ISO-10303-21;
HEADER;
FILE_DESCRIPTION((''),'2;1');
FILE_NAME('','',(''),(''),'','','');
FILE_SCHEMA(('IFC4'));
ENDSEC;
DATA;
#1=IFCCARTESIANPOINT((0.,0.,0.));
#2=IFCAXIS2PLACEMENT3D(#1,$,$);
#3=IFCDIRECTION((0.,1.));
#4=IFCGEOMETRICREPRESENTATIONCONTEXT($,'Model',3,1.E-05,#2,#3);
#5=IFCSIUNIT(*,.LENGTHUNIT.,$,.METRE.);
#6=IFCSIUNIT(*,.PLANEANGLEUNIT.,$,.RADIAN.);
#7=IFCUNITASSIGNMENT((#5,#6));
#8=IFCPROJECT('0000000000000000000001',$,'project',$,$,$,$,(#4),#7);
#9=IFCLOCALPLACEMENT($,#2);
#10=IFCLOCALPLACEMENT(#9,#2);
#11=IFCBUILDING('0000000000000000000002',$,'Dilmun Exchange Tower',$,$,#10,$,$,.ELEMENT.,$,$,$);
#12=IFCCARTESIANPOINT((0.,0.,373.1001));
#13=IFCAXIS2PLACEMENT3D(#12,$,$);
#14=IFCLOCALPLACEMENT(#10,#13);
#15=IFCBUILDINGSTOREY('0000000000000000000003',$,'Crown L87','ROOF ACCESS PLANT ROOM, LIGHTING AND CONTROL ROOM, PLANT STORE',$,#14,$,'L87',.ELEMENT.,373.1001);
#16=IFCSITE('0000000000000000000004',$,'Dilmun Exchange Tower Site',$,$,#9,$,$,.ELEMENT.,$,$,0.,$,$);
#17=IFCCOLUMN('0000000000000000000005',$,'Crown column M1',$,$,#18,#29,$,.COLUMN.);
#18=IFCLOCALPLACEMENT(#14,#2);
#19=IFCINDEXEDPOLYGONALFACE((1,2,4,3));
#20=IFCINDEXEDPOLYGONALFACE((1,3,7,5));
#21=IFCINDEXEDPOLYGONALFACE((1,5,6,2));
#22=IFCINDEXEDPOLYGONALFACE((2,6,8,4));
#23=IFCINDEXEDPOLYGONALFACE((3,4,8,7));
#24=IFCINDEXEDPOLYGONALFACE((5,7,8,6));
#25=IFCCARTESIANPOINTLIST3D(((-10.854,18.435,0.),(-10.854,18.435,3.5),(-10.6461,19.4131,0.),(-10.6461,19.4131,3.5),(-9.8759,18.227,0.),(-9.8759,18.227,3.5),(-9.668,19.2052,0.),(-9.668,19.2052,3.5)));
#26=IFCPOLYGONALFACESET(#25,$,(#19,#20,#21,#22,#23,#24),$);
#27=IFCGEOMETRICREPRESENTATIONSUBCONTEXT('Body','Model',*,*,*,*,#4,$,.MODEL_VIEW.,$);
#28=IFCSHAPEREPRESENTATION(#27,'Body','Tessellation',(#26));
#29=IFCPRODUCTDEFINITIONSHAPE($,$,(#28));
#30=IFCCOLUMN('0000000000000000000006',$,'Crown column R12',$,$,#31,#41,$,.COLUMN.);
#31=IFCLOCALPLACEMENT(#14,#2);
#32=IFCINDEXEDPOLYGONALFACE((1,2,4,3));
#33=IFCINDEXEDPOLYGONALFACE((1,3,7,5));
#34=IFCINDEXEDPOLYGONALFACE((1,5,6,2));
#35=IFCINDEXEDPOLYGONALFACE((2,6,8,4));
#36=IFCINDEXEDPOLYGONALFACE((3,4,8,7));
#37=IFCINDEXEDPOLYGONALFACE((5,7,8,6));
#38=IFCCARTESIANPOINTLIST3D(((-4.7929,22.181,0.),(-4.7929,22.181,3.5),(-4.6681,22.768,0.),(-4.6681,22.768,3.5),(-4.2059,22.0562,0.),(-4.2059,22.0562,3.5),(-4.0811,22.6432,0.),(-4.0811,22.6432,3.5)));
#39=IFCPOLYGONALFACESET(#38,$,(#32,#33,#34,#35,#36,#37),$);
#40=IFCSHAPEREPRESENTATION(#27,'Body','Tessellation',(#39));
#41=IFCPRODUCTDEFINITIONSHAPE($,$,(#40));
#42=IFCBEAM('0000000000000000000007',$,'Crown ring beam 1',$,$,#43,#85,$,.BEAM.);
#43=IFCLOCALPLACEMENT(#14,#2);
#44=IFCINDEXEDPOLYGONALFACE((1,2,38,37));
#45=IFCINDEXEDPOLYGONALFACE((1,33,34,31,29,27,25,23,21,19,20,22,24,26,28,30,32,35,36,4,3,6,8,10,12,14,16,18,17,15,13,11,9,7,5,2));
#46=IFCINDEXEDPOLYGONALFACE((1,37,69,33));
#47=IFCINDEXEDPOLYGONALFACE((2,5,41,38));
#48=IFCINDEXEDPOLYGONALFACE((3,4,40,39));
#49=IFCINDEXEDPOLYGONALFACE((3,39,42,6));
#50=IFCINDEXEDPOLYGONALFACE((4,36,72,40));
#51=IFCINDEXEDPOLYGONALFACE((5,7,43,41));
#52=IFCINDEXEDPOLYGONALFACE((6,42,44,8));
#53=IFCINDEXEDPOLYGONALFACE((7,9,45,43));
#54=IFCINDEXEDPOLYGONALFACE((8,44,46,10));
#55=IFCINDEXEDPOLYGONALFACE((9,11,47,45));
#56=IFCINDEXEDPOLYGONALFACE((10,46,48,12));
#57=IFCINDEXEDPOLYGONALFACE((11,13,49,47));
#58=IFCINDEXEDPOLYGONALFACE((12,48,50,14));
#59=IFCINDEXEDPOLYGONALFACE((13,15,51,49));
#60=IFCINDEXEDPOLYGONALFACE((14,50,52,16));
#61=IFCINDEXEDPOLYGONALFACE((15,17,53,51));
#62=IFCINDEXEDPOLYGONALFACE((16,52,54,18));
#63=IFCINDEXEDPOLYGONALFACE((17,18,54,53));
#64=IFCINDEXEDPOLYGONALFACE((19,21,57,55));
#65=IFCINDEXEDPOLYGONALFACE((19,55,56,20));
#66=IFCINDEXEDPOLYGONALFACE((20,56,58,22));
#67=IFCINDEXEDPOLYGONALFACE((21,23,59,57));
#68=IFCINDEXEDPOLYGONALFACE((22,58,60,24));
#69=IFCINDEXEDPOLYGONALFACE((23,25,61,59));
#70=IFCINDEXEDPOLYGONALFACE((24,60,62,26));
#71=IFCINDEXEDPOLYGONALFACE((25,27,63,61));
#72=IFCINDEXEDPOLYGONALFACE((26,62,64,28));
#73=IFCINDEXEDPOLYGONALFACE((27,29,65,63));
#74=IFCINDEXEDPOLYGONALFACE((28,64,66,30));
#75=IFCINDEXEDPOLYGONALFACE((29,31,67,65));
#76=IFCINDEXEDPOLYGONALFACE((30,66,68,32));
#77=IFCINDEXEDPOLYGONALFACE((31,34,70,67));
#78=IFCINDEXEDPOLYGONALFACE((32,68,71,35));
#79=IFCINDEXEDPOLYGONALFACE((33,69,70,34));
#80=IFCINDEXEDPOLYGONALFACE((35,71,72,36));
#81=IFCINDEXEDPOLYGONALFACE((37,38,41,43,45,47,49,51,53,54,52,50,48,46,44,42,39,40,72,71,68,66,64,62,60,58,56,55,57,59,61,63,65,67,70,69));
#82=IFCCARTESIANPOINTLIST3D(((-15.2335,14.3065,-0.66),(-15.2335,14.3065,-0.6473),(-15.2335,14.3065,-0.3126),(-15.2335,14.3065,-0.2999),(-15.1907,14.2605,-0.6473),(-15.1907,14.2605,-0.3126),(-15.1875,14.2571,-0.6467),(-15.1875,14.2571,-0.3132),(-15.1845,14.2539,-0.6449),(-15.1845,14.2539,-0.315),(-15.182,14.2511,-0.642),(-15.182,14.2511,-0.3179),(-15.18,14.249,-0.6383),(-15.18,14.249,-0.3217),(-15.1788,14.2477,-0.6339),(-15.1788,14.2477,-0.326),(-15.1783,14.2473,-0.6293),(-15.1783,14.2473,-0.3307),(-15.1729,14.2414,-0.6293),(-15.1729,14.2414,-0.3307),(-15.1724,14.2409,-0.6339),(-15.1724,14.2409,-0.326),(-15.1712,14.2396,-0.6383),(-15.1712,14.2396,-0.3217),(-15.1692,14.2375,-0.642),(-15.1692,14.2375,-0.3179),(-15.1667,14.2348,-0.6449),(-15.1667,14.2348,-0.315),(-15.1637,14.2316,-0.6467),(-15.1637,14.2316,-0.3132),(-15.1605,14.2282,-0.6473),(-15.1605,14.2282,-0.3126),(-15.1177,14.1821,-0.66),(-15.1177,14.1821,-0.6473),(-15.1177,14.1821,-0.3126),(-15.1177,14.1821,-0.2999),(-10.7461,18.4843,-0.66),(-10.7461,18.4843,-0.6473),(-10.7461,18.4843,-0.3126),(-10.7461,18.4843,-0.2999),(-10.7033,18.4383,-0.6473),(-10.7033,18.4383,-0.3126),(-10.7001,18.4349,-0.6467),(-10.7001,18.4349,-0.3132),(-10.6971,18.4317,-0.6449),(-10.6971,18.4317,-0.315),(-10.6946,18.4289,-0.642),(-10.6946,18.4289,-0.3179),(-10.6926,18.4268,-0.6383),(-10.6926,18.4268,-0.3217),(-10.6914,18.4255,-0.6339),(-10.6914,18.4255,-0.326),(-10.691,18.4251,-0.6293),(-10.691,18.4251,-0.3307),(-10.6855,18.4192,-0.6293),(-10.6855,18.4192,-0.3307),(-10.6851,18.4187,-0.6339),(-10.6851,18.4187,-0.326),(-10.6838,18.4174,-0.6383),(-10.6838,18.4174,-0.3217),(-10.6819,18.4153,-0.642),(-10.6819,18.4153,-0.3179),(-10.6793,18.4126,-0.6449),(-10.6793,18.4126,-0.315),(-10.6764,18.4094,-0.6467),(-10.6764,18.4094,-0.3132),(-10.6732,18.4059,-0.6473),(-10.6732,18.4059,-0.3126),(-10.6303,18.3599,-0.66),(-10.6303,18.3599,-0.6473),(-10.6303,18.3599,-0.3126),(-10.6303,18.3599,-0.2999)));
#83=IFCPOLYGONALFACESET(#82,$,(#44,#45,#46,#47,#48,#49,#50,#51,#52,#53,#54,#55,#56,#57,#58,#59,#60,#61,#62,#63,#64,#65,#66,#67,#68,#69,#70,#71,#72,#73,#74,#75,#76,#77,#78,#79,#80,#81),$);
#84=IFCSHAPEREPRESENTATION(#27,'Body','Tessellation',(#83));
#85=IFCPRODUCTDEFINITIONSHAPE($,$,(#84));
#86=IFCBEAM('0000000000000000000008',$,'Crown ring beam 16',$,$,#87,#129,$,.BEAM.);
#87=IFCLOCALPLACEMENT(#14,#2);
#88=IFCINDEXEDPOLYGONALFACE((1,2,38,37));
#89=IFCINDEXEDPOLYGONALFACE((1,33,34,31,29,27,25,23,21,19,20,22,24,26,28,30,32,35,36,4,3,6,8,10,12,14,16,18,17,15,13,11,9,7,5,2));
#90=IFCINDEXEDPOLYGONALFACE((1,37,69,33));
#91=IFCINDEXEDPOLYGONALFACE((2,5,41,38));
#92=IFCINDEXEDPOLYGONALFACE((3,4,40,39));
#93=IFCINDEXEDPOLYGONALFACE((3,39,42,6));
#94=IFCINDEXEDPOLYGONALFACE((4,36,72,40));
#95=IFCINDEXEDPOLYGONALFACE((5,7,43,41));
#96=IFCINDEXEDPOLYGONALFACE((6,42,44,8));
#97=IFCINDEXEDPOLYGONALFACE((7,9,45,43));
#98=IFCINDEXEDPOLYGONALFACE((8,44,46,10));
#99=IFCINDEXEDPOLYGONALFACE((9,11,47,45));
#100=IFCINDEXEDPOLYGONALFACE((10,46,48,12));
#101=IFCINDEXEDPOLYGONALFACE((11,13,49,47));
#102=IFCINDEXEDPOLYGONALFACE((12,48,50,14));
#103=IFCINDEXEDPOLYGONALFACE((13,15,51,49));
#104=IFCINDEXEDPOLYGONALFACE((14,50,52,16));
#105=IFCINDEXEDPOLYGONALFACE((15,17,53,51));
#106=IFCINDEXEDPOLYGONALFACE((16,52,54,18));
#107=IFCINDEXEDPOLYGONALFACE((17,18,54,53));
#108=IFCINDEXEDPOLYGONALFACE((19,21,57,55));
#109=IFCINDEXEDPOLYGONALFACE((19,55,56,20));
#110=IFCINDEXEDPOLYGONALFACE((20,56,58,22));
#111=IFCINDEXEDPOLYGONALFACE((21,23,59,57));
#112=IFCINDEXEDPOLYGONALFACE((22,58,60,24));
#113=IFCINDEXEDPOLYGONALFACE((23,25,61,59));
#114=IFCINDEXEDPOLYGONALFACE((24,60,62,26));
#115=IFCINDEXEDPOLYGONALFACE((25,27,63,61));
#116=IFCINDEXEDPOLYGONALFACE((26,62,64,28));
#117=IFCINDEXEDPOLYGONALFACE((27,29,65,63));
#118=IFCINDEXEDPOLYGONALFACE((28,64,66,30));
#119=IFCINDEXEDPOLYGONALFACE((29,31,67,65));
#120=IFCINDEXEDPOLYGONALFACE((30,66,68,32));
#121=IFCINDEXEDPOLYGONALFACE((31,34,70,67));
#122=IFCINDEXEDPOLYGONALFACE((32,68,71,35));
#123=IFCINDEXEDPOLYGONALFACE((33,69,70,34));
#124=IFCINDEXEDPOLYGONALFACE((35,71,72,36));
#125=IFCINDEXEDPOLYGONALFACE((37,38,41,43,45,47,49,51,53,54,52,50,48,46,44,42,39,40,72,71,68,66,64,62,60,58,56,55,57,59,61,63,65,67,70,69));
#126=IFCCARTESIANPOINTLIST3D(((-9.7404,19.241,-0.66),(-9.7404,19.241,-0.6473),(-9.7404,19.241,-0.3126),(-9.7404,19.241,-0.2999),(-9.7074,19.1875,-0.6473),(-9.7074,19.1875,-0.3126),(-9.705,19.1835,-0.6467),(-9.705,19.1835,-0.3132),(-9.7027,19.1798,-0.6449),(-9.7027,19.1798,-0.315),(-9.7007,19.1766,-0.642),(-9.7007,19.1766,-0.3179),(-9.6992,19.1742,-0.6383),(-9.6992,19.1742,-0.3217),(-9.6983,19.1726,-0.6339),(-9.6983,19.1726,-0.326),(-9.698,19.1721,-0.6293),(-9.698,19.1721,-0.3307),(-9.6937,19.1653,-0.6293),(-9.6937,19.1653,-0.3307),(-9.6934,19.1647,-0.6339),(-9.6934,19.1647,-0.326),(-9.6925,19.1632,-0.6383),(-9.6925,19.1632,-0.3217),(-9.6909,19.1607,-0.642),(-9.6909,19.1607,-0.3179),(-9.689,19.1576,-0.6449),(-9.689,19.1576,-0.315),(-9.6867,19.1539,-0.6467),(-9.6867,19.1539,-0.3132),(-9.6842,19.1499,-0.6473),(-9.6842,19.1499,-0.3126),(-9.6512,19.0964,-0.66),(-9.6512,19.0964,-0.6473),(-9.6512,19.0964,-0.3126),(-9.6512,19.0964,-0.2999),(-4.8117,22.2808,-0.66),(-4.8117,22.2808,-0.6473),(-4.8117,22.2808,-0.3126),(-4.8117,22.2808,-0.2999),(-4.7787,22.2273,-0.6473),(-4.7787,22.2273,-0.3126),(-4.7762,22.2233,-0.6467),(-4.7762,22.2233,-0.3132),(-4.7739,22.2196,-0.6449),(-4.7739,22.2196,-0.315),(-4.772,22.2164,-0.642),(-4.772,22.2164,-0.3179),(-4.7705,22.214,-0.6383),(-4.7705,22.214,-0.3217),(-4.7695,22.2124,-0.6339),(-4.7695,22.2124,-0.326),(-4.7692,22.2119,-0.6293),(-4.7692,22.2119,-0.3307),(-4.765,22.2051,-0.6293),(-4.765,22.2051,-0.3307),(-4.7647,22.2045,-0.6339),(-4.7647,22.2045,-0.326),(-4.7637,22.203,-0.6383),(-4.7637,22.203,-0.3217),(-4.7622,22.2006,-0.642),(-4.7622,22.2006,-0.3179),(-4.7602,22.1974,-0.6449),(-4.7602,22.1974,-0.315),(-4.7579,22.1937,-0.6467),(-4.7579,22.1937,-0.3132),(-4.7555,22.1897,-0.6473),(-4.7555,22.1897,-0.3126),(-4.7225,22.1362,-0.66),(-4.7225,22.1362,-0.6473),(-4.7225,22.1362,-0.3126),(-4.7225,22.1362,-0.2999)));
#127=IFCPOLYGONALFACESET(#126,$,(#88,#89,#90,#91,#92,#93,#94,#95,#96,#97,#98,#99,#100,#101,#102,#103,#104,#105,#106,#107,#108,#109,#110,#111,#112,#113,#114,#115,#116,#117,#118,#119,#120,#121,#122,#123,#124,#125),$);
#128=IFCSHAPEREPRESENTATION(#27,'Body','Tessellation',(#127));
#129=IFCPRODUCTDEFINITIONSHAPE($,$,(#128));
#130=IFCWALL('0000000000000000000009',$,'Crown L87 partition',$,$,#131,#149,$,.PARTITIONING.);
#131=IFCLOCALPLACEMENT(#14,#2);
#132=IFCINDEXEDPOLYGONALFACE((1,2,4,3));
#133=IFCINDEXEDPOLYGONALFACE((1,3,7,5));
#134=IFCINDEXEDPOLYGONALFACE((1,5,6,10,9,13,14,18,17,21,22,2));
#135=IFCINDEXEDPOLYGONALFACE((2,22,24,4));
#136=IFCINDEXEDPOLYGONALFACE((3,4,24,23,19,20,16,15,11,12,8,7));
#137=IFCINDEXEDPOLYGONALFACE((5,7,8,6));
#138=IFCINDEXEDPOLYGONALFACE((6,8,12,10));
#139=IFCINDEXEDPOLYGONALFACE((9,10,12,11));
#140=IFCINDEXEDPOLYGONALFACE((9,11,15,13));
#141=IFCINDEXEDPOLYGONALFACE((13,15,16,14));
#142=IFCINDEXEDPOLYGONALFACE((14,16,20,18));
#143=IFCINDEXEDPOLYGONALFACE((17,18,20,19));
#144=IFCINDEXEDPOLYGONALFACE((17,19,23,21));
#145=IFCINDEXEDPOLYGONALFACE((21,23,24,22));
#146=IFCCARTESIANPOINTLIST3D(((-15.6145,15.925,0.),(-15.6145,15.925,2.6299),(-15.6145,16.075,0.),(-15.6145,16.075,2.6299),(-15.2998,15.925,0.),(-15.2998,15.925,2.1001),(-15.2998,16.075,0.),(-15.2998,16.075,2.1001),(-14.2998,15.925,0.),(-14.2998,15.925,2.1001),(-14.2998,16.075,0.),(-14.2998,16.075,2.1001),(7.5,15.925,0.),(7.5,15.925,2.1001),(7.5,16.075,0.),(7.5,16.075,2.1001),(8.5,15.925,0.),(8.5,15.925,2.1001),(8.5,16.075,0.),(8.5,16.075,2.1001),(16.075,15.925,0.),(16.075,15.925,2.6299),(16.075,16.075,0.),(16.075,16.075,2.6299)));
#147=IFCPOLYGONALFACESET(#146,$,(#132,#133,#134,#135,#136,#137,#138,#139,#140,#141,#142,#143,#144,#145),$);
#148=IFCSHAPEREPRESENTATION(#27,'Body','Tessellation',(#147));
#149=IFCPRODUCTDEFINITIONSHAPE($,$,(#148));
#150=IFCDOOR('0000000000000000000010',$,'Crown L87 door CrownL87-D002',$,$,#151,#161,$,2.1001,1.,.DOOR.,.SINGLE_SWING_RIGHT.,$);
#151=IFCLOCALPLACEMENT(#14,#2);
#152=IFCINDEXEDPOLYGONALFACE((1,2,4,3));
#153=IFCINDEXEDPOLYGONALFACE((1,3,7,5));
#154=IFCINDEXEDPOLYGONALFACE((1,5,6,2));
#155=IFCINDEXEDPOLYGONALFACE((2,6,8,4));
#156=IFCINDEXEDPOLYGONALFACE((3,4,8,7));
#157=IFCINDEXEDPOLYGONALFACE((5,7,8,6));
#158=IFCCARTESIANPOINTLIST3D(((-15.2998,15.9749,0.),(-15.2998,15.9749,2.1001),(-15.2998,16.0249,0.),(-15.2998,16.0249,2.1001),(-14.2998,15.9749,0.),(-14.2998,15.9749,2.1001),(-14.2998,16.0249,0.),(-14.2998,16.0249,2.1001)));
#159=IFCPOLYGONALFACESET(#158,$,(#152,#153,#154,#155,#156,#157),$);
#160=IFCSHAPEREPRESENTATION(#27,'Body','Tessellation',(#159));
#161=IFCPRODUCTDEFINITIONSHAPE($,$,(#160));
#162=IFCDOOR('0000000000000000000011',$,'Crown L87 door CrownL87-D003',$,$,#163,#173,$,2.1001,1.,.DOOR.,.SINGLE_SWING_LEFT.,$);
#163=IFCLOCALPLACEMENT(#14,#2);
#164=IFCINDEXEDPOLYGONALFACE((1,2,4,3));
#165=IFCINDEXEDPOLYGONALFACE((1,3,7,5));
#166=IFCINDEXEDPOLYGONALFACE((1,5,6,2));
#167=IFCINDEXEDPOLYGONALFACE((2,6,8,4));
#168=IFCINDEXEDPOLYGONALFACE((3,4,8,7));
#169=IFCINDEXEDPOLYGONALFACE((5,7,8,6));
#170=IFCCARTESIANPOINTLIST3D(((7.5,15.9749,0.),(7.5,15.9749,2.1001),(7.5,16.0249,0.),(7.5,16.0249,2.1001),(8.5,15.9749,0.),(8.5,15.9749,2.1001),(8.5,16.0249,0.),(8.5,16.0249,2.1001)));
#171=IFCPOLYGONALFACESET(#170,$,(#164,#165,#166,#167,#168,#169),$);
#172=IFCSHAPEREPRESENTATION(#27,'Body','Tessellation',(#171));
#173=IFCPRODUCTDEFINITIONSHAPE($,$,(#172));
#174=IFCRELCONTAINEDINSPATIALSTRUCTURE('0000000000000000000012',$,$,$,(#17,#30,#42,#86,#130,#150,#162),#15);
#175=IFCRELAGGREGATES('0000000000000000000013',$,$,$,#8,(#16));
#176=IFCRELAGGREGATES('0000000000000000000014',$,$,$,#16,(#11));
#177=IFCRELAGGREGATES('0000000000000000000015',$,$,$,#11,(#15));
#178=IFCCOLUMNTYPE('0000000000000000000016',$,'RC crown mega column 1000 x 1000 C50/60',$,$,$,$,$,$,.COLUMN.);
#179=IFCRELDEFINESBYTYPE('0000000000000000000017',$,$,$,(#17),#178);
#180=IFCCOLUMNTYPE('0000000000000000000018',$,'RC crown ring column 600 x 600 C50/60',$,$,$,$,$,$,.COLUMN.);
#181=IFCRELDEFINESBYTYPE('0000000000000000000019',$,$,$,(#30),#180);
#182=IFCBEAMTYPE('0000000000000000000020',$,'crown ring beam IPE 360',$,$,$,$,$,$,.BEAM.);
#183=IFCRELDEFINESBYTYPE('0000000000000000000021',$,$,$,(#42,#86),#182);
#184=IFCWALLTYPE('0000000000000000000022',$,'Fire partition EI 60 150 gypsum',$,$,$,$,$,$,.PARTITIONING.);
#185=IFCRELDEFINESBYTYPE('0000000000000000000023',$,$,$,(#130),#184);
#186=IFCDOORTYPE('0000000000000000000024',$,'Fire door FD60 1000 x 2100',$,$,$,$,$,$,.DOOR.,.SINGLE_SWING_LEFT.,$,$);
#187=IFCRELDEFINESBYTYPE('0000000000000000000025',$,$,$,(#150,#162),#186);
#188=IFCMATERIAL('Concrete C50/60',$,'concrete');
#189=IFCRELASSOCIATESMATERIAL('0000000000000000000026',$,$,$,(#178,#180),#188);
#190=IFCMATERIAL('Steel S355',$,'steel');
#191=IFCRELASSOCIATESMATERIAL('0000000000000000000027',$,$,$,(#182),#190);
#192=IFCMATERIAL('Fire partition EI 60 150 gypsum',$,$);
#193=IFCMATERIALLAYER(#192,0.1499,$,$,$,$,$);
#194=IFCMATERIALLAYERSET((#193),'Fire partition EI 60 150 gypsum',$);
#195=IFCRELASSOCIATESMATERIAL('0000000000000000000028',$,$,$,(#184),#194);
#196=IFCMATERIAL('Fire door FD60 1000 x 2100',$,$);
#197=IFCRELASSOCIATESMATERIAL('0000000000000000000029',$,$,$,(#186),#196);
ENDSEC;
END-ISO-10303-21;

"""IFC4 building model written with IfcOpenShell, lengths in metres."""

from ifc_helpers import new_model, si_unit, direction, frame, frame_2d, origin, origin_2d, place, context, subcontext, project, spatial, rectangle, i_section, extrude, material, layer, layer_set, material_profile, profile_set, type_object, element, fill, save


model = new_model("IFC4")

# Units and contexts
model_context = context("Model", 3, precision=1e-05, world=origin(), true_north=direction((0.0, 1.0)))
body_context = subcontext(model_context, "Body", "Model", "MODEL_VIEW")
ifc_project = project(units=[si_unit("LENGTHUNIT", "METRE"), si_unit("PLANEANGLEUNIT", "RADIAN")], contexts=[model_context])

# Site, building, storey
site_placement = place(None, origin())
site = spatial("IfcSite", under=ifc_project, at=site_placement, Name="Dilmun Exchange Tower Site", CompositionType="ELEMENT", RefElevation=0.0)
building_placement = place(site_placement, origin())
building = spatial("IfcBuilding", under=site, at=building_placement, Name="Dilmun Exchange Tower", CompositionType="ELEMENT")
storey_placement = place(building_placement, frame((0.0, 0.0, 373.1001)))
storey = spatial("IfcBuildingStorey", under=building, at=storey_placement, Name="Crown L87", Description="ROOF ACCESS PLANT ROOM, LIGHTING AND CONTROL ROOM, PLANT STORE", LongName="L87", CompositionType="ELEMENT", Elevation=373.1001)

# Columns
ifc_material_1 = material(Name="Concrete C50/60", Category="concrete")
ifc_material_profile_1 = material_profile(ifc_material_1, rectangle(XDim=1.0, YDim=1.0, at=origin_2d()), Name="1000 x 1000")
ifc_profile_set_1 = profile_set([ifc_material_profile_1], Name="Concrete C50/60")
column_type_1 = type_object("IfcColumnType", Name="RC crown mega column 1000 x 1000 C50/60", PredefinedType="COLUMN", material=ifc_profile_set_1)
column_1_placement = place(storey_placement, frame((-10.261, 18.8201, 0.0), z_axis=(0.0, 0.0, 1.0), x_axis=(0.207912, 0.978148, 0.0)))
element("IfcColumn", 1, at=column_1_placement, inside=storey, type_object=column_type_1, Name="Crown column M1", PredefinedType="COLUMN", context=body_context, shape_type="SweptSolid", body=[
    extrude(rectangle(XDim=1.0, YDim=1.0, at=origin_2d()), origin(), (0.0, 0.0, 1.0), 3.5),
])
ifc_material_profile_2 = material_profile(ifc_material_1, rectangle(XDim=0.6001, YDim=0.6001, at=origin_2d()), Name="600 x 600")
ifc_profile_set_2 = profile_set([ifc_material_profile_2], Name="Concrete C50/60")
column_type_2 = type_object("IfcColumnType", Name="RC crown ring column 600 x 600 C50/60", PredefinedType="COLUMN", material=ifc_profile_set_2)
column_2_placement = place(storey_placement, frame((-4.437, 22.4121, 0.0), z_axis=(0.0, 0.0, 1.0), x_axis=(0.207912, 0.978148, 0.0)))
element("IfcColumn", 2, at=column_2_placement, inside=storey, type_object=column_type_2, Name="Crown column R12", PredefinedType="COLUMN", context=body_context, shape_type="SweptSolid", body=[
    extrude(rectangle(XDim=0.6001, YDim=0.6001, at=origin_2d()), origin(), (0.0, 0.0, 1.0), 3.5),
])

# Beams
ifc_material_2 = material(Name="Steel S355", Category="steel")
ifc_material_profile_3 = material_profile(ifc_material_2, i_section(OverallWidth=0.1699, OverallDepth=0.3601, WebThickness=0.0081, FlangeThickness=0.0127, FilletRadius=0.0181, at=origin_2d()), Name="IPE 360")
ifc_profile_set_3 = profile_set([ifc_material_profile_3], Name="Steel S355")
beam_type = type_object("IfcBeamType", Name="crown ring beam IPE 360", PredefinedType="BEAM", material=ifc_profile_set_3)
beam_1_placement = place(storey_placement, frame((-10.6882, 18.4221, -0.48), z_axis=(-0.731902, -0.68141, 0.0), x_axis=(0.68141, -0.731902, 0.0)))
element("IfcBeam", 3, at=beam_1_placement, inside=storey, type_object=beam_type, Name="Crown ring beam 1", PredefinedType="BEAM", context=body_context, shape_type="SweptSolid", body=[
    extrude(i_section(OverallWidth=0.1699, OverallDepth=0.3601, WebThickness=0.0081, FlangeThickness=0.0127, FilletRadius=0.0181, at=origin_2d()), origin(), (0.0, 0.0, 1.0), 6.1311),
])
beam_2_placement = place(storey_placement, frame((-4.7671, 22.2085, -0.48), z_axis=(-0.851138, -0.524942, 0.0), x_axis=(0.524942, -0.851138, 0.0)))
element("IfcBeam", 4, at=beam_2_placement, inside=storey, type_object=beam_type, Name="Crown ring beam 16", PredefinedType="BEAM", context=body_context, shape_type="SweptSolid", body=[
    extrude(i_section(OverallWidth=0.1699, OverallDepth=0.3601, WebThickness=0.0081, FlangeThickness=0.0127, FilletRadius=0.0181, at=origin_2d()), origin(), (0.0, 0.0, 1.0), 5.7908),
])

# Wall, openings, doors
ifc_material_3 = material(Name="Fire partition EI 60 150 gypsum")
ifc_layer_1 = layer(ifc_material_3, 0.1499)
ifc_layer_set_1 = layer_set([ifc_layer_1], Name="Fire partition EI 60 150 gypsum")
wall_type_1 = type_object("IfcWallType", Name="Fire partition EI 60 150 gypsum", PredefinedType="PARTITIONING", material=ifc_layer_set_1)
wall_1_placement = place(storey_placement, frame((-15.6145, 16.0, 0.0), z_axis=(0.0, 0.0, 1.0), x_axis=(1.0, 0.0, 0.0)))
wall_1 = element("IfcWall", 5, at=wall_1_placement, inside=storey, type_object=wall_type_1, Name="Crown L87 partition", PredefinedType="PARTITIONING", context=body_context, shape_type="SweptSolid", body=[
    extrude(rectangle(XDim=31.6895, YDim=0.1499, at=frame_2d((15.8447, 0.0))), origin(), (0.0, 0.0, 1.0), 2.6299),
])
opening_1_placement = place(wall_1_placement, frame((0.3147, 0.0, 0.0)))
opening_1 = element("IfcOpeningElement", 6, at=opening_1_placement, cuts=wall_1, PredefinedType="OPENING", context=body_context, shape_type="SweptSolid", body=[
    extrude(rectangle(XDim=1.0, YDim=2.1001, at=frame_2d((0.5, 1.05))), frame((0.0, 0.085, 0.0), z_axis=(0.0, -1.0, 0.0), x_axis=(1.0, 0.0, 0.0)), (0.0, 0.0, 1.0), 0.1699),
])
opening_2_placement = place(wall_1_placement, frame((23.1145, 0.0, 0.0)))
opening_2 = element("IfcOpeningElement", 7, at=opening_2_placement, cuts=wall_1, PredefinedType="OPENING", context=body_context, shape_type="SweptSolid", body=[
    extrude(rectangle(XDim=1.0, YDim=2.1001, at=frame_2d((0.5, 1.05))), frame((0.0, 0.085, 0.0), z_axis=(0.0, -1.0, 0.0), x_axis=(1.0, 0.0, 0.0)), (0.0, 0.0, 1.0), 0.1699),
])
ifc_material_4 = material(Name="Fire door FD60 1000 x 2100")
door_type = type_object("IfcDoorType", Name="Fire door FD60 1000 x 2100", OperationType="SINGLE_SWING_LEFT", PredefinedType="DOOR", material=ifc_material_4)
door_1_placement = place(opening_1_placement, origin())
door_1 = element("IfcDoor", 8, at=door_1_placement, inside=storey, type_object=door_type, Name="Crown L87 door CrownL87-D002", OperationType="SINGLE_SWING_RIGHT", OverallHeight=2.1001, OverallWidth=1.0, PredefinedType="DOOR", context=body_context, shape_type="SweptSolid", body=[
    extrude(rectangle(XDim=1.0, YDim=2.1001, at=frame_2d((0.5, 1.05))), frame((0.0, 0.0249, 0.0), z_axis=(0.0, -1.0, 0.0), x_axis=(1.0, 0.0, 0.0)), (0.0, 0.0, 1.0), 0.05),
])
fill(opening_1, door_1)
door_2_placement = place(opening_2_placement, origin())
door_2 = element("IfcDoor", 9, at=door_2_placement, inside=storey, type_object=door_type, Name="Crown L87 door CrownL87-D003", OperationType="SINGLE_SWING_LEFT", OverallHeight=2.1001, OverallWidth=1.0, PredefinedType="DOOR", context=body_context, shape_type="SweptSolid", body=[
    extrude(rectangle(XDim=1.0, YDim=2.1001, at=frame_2d((0.5, 1.05))), frame((0.0, 0.0249, 0.0), z_axis=(0.0, -1.0, 0.0), x_axis=(1.0, 0.0, 0.0)), (0.0, 0.0, 1.0), 0.05),
])
fill(opening_2, door_2)

save(model, "model.ifc")
